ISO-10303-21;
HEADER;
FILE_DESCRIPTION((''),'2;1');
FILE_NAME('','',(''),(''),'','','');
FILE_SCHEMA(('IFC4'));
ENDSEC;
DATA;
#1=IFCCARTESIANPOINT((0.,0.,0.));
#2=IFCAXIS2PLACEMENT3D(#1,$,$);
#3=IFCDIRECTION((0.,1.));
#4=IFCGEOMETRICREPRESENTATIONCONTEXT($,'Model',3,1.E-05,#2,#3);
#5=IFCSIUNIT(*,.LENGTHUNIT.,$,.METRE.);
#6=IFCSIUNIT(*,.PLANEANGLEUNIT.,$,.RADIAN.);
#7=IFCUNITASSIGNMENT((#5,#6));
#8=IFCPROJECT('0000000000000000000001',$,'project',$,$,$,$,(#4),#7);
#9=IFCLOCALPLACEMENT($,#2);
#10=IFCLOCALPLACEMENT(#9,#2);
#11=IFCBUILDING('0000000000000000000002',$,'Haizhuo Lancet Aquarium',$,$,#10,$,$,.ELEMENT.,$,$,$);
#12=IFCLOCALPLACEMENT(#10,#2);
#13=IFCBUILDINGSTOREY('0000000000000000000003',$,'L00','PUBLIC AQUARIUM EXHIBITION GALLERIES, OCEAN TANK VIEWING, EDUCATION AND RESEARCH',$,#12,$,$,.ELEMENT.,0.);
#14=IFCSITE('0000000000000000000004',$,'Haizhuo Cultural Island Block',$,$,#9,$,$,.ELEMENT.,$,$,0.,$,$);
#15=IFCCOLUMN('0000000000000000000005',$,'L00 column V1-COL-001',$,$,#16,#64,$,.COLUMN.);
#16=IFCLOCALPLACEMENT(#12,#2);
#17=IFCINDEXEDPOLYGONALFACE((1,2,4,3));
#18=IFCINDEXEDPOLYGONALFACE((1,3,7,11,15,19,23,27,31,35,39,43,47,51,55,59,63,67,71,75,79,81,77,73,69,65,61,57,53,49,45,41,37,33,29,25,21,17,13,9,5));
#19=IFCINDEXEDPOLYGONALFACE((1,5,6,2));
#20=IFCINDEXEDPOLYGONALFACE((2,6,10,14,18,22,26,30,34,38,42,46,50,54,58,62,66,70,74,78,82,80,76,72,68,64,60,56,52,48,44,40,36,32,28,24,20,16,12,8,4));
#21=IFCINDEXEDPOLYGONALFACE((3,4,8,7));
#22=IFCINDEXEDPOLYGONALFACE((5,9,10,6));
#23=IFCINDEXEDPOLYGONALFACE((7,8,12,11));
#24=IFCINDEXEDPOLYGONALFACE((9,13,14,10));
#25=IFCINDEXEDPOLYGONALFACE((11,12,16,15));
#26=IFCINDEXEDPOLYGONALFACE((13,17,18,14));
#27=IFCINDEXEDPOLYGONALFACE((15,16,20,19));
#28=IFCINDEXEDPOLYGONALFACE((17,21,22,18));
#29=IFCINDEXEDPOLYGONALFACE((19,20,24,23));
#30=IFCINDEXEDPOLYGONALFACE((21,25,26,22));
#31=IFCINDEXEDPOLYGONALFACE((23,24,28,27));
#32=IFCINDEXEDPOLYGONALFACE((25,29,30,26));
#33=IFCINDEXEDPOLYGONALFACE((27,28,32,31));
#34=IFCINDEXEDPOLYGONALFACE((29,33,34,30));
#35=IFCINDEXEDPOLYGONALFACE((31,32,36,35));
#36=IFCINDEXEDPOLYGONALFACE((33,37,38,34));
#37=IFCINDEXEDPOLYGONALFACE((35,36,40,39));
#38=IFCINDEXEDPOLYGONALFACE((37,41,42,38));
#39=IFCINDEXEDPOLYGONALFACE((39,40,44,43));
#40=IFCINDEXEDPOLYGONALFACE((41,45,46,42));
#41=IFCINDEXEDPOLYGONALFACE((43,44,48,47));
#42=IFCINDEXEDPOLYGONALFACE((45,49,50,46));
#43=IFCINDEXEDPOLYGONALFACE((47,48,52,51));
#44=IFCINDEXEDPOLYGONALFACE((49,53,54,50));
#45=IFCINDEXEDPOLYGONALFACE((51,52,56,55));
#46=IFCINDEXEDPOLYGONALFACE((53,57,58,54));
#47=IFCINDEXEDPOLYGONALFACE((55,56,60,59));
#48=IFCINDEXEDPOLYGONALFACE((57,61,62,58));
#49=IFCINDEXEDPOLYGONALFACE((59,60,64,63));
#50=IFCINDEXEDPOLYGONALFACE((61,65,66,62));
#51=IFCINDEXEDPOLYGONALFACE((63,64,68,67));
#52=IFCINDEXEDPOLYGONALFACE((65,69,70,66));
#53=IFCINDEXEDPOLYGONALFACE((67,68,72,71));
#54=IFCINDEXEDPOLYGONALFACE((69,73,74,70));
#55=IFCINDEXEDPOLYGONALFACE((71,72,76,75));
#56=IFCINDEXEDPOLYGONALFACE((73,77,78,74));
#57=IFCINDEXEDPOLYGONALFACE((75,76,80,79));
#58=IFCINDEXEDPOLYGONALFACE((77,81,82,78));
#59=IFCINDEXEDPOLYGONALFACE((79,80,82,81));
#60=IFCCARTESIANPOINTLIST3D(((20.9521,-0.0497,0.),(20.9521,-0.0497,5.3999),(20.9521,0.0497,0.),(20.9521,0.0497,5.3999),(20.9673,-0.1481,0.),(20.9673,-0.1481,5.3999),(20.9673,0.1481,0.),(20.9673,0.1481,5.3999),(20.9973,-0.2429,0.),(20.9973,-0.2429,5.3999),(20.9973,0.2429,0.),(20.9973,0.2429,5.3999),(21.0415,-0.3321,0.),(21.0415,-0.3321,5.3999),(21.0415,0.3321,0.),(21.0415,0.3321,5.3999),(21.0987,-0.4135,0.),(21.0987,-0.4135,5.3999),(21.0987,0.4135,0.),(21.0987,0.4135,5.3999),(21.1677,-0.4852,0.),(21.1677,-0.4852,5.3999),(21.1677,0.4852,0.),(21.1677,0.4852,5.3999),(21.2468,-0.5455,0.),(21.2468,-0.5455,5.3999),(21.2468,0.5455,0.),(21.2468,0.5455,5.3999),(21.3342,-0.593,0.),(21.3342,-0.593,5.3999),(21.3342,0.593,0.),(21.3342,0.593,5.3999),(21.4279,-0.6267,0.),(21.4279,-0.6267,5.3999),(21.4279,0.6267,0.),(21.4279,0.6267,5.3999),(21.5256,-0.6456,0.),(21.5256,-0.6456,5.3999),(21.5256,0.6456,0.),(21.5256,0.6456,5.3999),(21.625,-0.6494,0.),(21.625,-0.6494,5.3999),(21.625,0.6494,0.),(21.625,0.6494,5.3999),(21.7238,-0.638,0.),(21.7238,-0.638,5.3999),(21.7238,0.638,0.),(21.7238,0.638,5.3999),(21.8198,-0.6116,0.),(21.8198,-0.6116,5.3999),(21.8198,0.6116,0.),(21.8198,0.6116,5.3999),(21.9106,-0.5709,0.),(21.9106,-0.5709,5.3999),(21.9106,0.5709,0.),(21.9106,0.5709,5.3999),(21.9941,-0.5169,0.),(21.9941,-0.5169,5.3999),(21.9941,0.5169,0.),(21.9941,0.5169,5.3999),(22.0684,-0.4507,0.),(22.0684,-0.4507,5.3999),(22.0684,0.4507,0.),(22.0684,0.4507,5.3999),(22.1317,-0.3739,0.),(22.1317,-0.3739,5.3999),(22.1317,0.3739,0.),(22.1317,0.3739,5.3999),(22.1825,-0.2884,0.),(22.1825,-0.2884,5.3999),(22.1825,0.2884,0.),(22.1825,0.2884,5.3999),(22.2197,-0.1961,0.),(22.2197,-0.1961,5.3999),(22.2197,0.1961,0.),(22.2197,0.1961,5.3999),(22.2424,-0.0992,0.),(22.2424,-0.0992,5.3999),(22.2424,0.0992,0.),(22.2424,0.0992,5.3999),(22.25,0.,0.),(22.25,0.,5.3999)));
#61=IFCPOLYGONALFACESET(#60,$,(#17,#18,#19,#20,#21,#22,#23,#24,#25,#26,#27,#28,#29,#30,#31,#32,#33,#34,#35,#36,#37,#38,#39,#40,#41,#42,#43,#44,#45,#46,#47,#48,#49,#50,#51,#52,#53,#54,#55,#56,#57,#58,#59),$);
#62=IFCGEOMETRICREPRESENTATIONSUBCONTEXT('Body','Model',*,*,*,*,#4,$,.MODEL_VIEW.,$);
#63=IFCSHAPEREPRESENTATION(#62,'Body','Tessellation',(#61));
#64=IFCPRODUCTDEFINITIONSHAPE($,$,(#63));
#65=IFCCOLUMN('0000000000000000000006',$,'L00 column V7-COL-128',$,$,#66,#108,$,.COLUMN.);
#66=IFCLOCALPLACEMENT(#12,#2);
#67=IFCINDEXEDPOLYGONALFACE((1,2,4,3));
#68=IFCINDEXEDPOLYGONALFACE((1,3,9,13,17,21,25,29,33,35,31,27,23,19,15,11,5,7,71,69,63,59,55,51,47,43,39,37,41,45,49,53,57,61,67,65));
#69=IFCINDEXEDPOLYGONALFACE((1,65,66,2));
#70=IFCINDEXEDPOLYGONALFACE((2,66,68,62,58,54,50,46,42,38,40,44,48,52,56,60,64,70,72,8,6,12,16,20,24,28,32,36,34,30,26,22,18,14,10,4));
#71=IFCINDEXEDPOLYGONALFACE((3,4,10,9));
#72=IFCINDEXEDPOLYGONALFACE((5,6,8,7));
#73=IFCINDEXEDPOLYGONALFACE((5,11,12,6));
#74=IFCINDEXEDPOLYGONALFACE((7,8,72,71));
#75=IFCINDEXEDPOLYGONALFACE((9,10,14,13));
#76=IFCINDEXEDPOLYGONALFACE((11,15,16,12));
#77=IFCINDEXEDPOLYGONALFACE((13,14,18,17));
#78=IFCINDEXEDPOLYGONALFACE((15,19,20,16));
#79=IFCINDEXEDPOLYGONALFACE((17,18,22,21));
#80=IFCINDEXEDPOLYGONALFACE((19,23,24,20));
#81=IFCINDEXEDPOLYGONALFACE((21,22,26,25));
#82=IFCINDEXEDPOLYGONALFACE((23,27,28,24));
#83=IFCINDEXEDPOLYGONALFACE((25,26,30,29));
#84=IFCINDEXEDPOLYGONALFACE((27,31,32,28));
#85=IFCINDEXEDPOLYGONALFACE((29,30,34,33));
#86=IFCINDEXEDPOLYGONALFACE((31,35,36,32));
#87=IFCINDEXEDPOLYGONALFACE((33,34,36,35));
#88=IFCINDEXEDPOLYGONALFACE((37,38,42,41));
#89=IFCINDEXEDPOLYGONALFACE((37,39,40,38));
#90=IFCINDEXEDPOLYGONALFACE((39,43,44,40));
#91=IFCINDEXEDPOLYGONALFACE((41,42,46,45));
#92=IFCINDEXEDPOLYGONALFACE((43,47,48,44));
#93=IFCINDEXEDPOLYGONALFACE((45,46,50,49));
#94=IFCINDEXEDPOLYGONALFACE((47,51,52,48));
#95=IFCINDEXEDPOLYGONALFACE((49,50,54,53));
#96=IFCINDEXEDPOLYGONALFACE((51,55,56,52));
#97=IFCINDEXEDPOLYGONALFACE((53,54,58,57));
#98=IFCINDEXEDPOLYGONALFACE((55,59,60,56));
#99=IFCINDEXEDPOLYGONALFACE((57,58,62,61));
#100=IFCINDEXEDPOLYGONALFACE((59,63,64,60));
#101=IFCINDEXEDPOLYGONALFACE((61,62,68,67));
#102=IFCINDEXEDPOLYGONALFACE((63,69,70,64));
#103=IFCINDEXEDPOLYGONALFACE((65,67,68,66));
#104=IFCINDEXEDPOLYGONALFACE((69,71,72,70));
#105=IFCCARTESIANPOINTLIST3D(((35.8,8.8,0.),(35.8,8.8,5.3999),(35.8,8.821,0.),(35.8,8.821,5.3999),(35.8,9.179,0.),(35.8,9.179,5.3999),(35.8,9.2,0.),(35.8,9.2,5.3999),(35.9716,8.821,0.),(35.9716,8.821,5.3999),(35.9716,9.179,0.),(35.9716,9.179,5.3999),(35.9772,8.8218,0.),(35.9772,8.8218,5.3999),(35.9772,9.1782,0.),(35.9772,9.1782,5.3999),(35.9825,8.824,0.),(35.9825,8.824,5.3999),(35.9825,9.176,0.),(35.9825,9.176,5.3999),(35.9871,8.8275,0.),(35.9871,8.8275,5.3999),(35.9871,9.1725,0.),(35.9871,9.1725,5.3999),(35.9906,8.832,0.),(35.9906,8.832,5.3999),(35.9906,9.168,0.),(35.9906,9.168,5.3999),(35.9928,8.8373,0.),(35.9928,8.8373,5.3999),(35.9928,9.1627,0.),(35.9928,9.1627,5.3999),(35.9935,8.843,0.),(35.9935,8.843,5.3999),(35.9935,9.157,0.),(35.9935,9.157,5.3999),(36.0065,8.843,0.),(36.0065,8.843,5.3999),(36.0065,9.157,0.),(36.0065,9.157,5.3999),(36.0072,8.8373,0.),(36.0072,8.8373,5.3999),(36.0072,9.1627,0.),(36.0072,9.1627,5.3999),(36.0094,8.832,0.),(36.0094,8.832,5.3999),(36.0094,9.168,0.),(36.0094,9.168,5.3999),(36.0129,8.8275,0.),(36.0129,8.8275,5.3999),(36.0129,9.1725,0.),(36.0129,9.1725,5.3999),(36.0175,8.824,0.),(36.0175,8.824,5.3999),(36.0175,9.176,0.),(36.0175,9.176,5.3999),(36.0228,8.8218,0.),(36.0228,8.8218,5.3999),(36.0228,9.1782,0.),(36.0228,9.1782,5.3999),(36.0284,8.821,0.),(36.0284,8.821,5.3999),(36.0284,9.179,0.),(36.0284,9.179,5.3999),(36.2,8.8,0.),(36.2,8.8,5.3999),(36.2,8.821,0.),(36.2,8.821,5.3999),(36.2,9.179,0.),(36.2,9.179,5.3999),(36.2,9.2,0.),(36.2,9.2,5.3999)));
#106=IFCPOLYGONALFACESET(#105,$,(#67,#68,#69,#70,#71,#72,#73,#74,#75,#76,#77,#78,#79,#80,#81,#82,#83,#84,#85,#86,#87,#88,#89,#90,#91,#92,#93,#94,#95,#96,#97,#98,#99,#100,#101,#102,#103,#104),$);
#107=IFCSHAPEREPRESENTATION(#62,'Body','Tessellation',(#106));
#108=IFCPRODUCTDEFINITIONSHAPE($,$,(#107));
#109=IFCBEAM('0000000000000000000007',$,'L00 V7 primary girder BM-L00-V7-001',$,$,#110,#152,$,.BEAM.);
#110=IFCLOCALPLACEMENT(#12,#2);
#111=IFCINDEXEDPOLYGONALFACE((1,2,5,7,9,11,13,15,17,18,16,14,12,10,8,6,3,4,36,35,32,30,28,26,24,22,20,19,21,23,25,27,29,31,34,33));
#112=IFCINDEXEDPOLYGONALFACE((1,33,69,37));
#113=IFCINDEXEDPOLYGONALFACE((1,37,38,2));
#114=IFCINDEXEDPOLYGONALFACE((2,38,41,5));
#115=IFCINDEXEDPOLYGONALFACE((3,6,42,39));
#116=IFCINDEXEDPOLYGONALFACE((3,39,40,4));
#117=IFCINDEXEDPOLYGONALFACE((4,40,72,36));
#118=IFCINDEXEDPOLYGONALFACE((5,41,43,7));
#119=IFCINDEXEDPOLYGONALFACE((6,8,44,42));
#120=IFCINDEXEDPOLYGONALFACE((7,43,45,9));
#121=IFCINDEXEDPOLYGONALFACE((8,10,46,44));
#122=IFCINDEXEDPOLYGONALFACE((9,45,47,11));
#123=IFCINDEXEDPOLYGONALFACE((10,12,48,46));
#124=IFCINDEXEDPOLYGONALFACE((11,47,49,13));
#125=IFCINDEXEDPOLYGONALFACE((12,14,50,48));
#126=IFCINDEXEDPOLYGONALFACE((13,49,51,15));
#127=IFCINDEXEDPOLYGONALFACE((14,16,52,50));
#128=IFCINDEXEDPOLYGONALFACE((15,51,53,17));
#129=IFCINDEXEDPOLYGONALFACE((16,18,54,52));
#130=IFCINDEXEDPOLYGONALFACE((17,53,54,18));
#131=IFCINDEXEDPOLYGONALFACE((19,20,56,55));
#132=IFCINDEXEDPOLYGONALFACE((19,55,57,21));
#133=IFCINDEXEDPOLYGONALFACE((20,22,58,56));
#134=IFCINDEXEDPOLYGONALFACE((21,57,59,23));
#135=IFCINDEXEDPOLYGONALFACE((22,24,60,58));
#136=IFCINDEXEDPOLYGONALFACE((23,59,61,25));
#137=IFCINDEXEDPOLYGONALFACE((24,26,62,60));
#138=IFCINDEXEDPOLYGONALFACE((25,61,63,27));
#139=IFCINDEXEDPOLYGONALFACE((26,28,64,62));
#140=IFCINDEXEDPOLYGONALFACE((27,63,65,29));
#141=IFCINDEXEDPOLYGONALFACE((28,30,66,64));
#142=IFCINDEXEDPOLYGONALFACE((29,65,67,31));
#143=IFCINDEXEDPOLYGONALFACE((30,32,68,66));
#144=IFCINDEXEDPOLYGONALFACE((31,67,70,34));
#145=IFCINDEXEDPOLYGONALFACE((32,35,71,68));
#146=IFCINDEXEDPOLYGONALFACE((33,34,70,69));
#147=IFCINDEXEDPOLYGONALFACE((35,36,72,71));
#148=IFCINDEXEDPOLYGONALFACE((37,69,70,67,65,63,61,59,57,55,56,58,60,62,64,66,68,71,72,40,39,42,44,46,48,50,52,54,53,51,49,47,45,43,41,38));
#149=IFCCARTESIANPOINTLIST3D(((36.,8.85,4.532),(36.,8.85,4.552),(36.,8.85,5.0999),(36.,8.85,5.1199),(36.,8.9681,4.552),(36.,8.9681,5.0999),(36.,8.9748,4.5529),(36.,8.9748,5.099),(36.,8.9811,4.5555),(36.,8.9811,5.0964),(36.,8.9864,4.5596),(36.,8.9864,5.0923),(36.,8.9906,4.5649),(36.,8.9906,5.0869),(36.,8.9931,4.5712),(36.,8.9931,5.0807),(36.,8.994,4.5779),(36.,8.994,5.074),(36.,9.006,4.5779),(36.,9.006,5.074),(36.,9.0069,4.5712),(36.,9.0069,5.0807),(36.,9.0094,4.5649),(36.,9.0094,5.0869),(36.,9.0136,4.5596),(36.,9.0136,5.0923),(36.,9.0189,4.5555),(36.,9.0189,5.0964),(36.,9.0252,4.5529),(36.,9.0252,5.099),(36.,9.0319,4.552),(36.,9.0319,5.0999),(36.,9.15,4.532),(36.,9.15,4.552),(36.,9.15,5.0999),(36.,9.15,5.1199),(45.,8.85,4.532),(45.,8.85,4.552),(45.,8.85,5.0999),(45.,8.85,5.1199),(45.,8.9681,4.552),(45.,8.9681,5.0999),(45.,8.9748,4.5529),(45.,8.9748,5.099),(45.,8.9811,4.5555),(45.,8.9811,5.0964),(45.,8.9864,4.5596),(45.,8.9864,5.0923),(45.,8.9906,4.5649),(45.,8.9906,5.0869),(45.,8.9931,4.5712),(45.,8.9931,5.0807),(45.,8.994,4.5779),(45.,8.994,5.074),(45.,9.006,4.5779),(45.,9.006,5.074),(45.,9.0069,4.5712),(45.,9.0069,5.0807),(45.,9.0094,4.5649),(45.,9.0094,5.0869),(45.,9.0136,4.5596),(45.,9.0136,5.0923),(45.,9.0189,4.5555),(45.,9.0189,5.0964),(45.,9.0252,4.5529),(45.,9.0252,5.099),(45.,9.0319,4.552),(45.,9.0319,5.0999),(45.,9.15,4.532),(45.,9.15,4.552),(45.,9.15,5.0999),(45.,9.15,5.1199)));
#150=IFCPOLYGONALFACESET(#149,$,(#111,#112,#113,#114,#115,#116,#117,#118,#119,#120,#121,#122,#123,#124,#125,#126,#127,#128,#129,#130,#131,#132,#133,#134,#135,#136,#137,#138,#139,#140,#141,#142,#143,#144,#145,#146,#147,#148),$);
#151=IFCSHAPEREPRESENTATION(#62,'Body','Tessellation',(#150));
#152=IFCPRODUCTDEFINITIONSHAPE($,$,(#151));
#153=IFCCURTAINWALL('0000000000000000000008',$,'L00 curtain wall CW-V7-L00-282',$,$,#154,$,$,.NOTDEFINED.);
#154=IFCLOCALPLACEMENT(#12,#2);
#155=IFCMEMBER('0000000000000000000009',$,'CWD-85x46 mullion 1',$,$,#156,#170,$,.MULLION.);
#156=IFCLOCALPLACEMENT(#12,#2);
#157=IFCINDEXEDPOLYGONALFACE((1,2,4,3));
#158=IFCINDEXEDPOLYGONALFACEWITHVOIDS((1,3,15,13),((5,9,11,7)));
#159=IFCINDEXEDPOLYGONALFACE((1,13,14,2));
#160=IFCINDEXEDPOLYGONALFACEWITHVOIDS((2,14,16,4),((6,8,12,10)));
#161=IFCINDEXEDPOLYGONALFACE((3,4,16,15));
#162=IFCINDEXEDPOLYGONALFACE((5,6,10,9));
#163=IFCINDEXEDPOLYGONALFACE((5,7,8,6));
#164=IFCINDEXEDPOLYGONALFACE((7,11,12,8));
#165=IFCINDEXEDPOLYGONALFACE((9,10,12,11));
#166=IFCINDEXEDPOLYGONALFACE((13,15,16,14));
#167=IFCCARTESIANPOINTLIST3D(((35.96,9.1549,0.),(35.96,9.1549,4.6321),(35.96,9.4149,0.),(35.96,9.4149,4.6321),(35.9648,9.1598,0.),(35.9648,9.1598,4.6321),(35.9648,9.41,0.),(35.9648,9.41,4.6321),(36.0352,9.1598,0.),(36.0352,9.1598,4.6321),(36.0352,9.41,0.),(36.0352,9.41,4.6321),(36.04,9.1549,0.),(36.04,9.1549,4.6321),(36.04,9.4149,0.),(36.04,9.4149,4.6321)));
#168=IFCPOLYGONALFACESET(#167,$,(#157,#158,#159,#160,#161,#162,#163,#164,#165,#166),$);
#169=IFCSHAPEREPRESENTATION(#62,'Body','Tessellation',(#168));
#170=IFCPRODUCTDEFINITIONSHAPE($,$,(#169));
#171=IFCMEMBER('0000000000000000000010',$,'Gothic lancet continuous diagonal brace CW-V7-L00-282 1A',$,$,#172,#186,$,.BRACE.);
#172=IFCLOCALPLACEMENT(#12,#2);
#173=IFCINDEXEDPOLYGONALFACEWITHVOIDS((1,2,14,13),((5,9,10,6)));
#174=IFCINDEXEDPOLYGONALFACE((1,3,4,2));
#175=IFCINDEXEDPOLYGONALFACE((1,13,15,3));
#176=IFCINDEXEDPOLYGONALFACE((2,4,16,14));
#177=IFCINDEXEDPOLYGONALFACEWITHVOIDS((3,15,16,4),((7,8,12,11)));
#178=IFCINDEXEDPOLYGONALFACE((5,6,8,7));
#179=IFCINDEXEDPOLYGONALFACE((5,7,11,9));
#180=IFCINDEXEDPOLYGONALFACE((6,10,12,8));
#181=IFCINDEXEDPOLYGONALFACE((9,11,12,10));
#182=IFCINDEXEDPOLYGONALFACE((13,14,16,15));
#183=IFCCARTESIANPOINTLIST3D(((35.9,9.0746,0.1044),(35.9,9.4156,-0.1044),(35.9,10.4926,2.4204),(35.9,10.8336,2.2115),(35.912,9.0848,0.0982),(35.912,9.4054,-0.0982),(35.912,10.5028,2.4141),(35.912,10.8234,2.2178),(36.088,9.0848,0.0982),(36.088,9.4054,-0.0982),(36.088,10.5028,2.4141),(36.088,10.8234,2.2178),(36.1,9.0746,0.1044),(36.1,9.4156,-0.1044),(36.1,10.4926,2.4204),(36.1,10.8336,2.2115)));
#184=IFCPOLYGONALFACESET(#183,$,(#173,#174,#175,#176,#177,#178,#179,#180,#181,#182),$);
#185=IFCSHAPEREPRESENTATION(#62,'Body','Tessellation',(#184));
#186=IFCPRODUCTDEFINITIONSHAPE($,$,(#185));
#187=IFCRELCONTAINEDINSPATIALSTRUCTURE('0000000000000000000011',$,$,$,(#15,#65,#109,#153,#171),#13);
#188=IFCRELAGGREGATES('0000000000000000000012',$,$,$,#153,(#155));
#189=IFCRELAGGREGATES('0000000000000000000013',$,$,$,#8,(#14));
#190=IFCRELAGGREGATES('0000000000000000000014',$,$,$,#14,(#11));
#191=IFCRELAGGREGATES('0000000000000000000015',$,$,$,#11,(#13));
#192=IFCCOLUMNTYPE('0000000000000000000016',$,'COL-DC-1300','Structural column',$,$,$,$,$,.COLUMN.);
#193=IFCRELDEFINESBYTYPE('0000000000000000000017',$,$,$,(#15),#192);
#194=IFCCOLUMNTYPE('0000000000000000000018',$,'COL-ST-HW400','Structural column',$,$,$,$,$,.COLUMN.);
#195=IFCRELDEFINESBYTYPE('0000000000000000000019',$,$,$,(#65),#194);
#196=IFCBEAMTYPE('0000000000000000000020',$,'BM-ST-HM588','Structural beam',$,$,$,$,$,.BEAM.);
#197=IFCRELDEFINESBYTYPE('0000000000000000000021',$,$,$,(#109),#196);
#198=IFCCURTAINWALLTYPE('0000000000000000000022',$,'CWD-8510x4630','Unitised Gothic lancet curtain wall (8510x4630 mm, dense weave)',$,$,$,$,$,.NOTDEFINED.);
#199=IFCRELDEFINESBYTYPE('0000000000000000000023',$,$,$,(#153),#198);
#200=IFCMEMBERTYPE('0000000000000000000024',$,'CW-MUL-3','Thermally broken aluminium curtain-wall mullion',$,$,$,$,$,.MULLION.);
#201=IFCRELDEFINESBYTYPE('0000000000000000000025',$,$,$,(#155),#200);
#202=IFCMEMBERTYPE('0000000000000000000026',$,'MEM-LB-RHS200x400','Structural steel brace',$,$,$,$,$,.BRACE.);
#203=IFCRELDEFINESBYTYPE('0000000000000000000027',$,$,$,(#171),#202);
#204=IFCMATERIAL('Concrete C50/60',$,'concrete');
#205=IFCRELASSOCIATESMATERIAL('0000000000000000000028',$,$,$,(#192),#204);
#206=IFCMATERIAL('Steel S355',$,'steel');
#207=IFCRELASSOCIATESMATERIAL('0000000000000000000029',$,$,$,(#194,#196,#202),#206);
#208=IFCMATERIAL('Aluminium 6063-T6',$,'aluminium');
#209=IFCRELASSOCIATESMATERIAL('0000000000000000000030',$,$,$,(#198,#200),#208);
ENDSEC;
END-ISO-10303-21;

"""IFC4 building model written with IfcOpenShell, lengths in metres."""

from ifc_helpers import new_model, si_unit, direction, frame, origin, origin_2d, place, context, subcontext, project, spatial, hollow_rectangle, circle, i_section, extrude, material, material_profile, profile_set, type_object, element, aggregate, save


model = new_model("IFC4")

# Units and contexts
model_context = context("Model", 3, precision=1e-05, world=origin(), true_north=direction((0.0, 1.0)))
body_context = subcontext(model_context, "Body", "Model", "MODEL_VIEW")
ifc_project = project(units=[si_unit("LENGTHUNIT", "METRE"), si_unit("PLANEANGLEUNIT", "RADIAN")], contexts=[model_context])

# Site, building, storey
site_placement = place(None, origin())
site = spatial("IfcSite", under=ifc_project, at=site_placement, Name="Haizhuo Cultural Island Block", CompositionType="ELEMENT", RefElevation=0.0)
building_placement = place(site_placement, origin())
building = spatial("IfcBuilding", under=site, at=building_placement, Name="Haizhuo Lancet Aquarium", CompositionType="ELEMENT")
storey_placement = place(building_placement, origin())
storey = spatial("IfcBuildingStorey", under=building, at=storey_placement, Name="L00", Description="PUBLIC AQUARIUM EXHIBITION GALLERIES, OCEAN TANK VIEWING, EDUCATION AND RESEARCH", CompositionType="ELEMENT", Elevation=0.0)

# Columns
ifc_material_1 = material(Name="Concrete C50/60", Category="concrete")
ifc_material_profile_1 = material_profile(ifc_material_1, circle(Radius=0.6499, at=origin_2d()), Name="RC-DC 1300")
ifc_profile_set_1 = profile_set([ifc_material_profile_1], Name="Concrete C50/60")
column_type_1 = type_object("IfcColumnType", Name="COL-DC-1300", Description="Structural column", PredefinedType="COLUMN", material=ifc_profile_set_1)
for number, where, z_axis, x_axis, name in (
    (1, (21.6001, 0.0, 0.0), (0.0, 0.0, 1.0), (1.0, 0.0, 0.0), "L00 column V1-COL-001"),
):
    element("IfcColumn", number, at=place(storey_placement, frame(where, z_axis=z_axis, x_axis=x_axis)), inside=storey, type_object=column_type_1, Name=name, PredefinedType="COLUMN", context=body_context, shape_type="SweptSolid", body=[
        extrude(circle(Radius=0.6499, at=origin_2d()), origin(), (0.0, 0.0, 1.0), 5.3999),
    ])
ifc_material_2 = material(Name="Steel S355", Category="steel")
ifc_material_profile_2 = material_profile(ifc_material_2, i_section(OverallWidth=0.3999, OverallDepth=0.3999, WebThickness=0.0129, FlangeThickness=0.021, FilletRadius=0.022, at=origin_2d()), Name="HW 400x400x13x21")
ifc_profile_set_2 = profile_set([ifc_material_profile_2], Name="Steel S355")
column_type_2 = type_object("IfcColumnType", Name="COL-ST-HW400", Description="Structural column", PredefinedType="COLUMN", material=ifc_profile_set_2)
column_placement = place(storey_placement, frame((36.0, 9.0, 0.0), z_axis=(0.0, 0.0, 1.0), x_axis=(1.0, 0.0, 0.0)))
element("IfcColumn", 2, at=column_placement, inside=storey, type_object=column_type_2, Name="L00 column V7-COL-128", PredefinedType="COLUMN", context=body_context, shape_type="SweptSolid", body=[
    extrude(i_section(OverallWidth=0.3999, OverallDepth=0.3999, WebThickness=0.0129, FlangeThickness=0.021, FilletRadius=0.022, at=origin_2d()), origin(), (0.0, 0.0, 1.0), 5.3999),
])

# Beam
ifc_material_profile_3 = material_profile(ifc_material_2, i_section(OverallWidth=0.3, OverallDepth=0.5879, WebThickness=0.012, FlangeThickness=0.02, FilletRadius=0.0259, at=origin_2d()), Name="HM 588x300x12x20")
ifc_profile_set_3 = profile_set([ifc_material_profile_3], Name="Steel S355")
beam_type_1 = type_object("IfcBeamType", Name="BM-ST-HM588", Description="Structural beam", PredefinedType="BEAM", material=ifc_profile_set_3)
beam_1_placement = place(storey_placement, frame((36.0, 9.0, 4.8259), z_axis=(1.0, 0.0, 0.0), x_axis=(0.0, 1.0, 0.0)))
element("IfcBeam", 3, at=beam_1_placement, inside=storey, type_object=beam_type_1, Name="L00 V7 primary girder BM-L00-V7-001", PredefinedType="BEAM", context=body_context, shape_type="SweptSolid", body=[
    extrude(i_section(OverallWidth=0.3, OverallDepth=0.5879, WebThickness=0.012, FlangeThickness=0.02, FilletRadius=0.0259, at=origin_2d()), origin(), (0.0, 0.0, 1.0), 9.0),
])

# Curtain wall, member
ifc_material_3 = material(Name="Aluminium 6063-T6", Category="aluminium")
curtain_wall_type = type_object("IfcCurtainWallType", Name="CWD-8510x4630", Description="Unitised Gothic lancet curtain wall (8510x4630 mm, dense weave)", PredefinedType="NOTDEFINED", material=ifc_material_3)
curtain_wall_placement = place(storey_placement, origin())
curtain_wall = element("IfcCurtainWall", 4, at=curtain_wall_placement, inside=storey, type_object=curtain_wall_type, Name="L00 curtain wall CW-V7-L00-282", PredefinedType="NOTDEFINED")
ifc_material_profile_4 = material_profile(ifc_material_3, hollow_rectangle(XDim=0.0801, YDim=0.26, WallThickness=0.0049, at=origin_2d()), Name="ALU-M 80x260x5")
ifc_profile_set_4 = profile_set([ifc_material_profile_4], Name="Aluminium 6063-T6")
member_type_1 = type_object("IfcMemberType", Name="CW-MUL-3", Description="Thermally broken aluminium curtain-wall mullion", PredefinedType="MULLION", material=ifc_profile_set_4)
member_1_placement = place(storey_placement, frame((36.0, 9.2849, 0.0), z_axis=(0.0, 0.0, 1.0), x_axis=(-1.0, 0.0, 0.0)))
member_1 = element("IfcMember", 5, at=member_1_placement, type_object=member_type_1, Name="CWD-85x46 mullion 1", PredefinedType="MULLION", context=body_context, shape_type="SweptSolid", body=[
    extrude(hollow_rectangle(XDim=0.0801, YDim=0.26, WallThickness=0.0049, at=origin_2d()), origin(), (0.0, 0.0, 1.0), 4.6321),
])
aggregate(curtain_wall, [member_1])

# Member
ifc_material_profile_5 = material_profile(ifc_material_2, hollow_rectangle(XDim=0.2, YDim=0.3999, WallThickness=0.012, at=origin_2d()), Name="RHS 200x400x12")
ifc_profile_set_5 = profile_set([ifc_material_profile_5], Name="Steel S355")
member_type_2 = type_object("IfcMemberType", Name="MEM-LB-RHS200x400", Description="Structural steel brace", PredefinedType="BRACE", material=ifc_profile_set_5)
member_2_placement = place(storey_placement, frame((36.0, 9.2451, 0.0), z_axis=(0.0, 0.52217, 0.852841), x_axis=(-1.0, 0.0, 0.0)))
element("IfcMember", 6, at=member_2_placement, inside=storey, type_object=member_type_2, Name="Gothic lancet continuous diagonal brace CW-V7-L00-282 1A", PredefinedType="BRACE", context=body_context, shape_type="SweptSolid", body=[
    extrude(hollow_rectangle(XDim=0.2, YDim=0.3999, WallThickness=0.012, at=origin_2d()), origin(), (0.0, 0.0, 1.0), 2.7156),
])

save(model, "model.ifc")
